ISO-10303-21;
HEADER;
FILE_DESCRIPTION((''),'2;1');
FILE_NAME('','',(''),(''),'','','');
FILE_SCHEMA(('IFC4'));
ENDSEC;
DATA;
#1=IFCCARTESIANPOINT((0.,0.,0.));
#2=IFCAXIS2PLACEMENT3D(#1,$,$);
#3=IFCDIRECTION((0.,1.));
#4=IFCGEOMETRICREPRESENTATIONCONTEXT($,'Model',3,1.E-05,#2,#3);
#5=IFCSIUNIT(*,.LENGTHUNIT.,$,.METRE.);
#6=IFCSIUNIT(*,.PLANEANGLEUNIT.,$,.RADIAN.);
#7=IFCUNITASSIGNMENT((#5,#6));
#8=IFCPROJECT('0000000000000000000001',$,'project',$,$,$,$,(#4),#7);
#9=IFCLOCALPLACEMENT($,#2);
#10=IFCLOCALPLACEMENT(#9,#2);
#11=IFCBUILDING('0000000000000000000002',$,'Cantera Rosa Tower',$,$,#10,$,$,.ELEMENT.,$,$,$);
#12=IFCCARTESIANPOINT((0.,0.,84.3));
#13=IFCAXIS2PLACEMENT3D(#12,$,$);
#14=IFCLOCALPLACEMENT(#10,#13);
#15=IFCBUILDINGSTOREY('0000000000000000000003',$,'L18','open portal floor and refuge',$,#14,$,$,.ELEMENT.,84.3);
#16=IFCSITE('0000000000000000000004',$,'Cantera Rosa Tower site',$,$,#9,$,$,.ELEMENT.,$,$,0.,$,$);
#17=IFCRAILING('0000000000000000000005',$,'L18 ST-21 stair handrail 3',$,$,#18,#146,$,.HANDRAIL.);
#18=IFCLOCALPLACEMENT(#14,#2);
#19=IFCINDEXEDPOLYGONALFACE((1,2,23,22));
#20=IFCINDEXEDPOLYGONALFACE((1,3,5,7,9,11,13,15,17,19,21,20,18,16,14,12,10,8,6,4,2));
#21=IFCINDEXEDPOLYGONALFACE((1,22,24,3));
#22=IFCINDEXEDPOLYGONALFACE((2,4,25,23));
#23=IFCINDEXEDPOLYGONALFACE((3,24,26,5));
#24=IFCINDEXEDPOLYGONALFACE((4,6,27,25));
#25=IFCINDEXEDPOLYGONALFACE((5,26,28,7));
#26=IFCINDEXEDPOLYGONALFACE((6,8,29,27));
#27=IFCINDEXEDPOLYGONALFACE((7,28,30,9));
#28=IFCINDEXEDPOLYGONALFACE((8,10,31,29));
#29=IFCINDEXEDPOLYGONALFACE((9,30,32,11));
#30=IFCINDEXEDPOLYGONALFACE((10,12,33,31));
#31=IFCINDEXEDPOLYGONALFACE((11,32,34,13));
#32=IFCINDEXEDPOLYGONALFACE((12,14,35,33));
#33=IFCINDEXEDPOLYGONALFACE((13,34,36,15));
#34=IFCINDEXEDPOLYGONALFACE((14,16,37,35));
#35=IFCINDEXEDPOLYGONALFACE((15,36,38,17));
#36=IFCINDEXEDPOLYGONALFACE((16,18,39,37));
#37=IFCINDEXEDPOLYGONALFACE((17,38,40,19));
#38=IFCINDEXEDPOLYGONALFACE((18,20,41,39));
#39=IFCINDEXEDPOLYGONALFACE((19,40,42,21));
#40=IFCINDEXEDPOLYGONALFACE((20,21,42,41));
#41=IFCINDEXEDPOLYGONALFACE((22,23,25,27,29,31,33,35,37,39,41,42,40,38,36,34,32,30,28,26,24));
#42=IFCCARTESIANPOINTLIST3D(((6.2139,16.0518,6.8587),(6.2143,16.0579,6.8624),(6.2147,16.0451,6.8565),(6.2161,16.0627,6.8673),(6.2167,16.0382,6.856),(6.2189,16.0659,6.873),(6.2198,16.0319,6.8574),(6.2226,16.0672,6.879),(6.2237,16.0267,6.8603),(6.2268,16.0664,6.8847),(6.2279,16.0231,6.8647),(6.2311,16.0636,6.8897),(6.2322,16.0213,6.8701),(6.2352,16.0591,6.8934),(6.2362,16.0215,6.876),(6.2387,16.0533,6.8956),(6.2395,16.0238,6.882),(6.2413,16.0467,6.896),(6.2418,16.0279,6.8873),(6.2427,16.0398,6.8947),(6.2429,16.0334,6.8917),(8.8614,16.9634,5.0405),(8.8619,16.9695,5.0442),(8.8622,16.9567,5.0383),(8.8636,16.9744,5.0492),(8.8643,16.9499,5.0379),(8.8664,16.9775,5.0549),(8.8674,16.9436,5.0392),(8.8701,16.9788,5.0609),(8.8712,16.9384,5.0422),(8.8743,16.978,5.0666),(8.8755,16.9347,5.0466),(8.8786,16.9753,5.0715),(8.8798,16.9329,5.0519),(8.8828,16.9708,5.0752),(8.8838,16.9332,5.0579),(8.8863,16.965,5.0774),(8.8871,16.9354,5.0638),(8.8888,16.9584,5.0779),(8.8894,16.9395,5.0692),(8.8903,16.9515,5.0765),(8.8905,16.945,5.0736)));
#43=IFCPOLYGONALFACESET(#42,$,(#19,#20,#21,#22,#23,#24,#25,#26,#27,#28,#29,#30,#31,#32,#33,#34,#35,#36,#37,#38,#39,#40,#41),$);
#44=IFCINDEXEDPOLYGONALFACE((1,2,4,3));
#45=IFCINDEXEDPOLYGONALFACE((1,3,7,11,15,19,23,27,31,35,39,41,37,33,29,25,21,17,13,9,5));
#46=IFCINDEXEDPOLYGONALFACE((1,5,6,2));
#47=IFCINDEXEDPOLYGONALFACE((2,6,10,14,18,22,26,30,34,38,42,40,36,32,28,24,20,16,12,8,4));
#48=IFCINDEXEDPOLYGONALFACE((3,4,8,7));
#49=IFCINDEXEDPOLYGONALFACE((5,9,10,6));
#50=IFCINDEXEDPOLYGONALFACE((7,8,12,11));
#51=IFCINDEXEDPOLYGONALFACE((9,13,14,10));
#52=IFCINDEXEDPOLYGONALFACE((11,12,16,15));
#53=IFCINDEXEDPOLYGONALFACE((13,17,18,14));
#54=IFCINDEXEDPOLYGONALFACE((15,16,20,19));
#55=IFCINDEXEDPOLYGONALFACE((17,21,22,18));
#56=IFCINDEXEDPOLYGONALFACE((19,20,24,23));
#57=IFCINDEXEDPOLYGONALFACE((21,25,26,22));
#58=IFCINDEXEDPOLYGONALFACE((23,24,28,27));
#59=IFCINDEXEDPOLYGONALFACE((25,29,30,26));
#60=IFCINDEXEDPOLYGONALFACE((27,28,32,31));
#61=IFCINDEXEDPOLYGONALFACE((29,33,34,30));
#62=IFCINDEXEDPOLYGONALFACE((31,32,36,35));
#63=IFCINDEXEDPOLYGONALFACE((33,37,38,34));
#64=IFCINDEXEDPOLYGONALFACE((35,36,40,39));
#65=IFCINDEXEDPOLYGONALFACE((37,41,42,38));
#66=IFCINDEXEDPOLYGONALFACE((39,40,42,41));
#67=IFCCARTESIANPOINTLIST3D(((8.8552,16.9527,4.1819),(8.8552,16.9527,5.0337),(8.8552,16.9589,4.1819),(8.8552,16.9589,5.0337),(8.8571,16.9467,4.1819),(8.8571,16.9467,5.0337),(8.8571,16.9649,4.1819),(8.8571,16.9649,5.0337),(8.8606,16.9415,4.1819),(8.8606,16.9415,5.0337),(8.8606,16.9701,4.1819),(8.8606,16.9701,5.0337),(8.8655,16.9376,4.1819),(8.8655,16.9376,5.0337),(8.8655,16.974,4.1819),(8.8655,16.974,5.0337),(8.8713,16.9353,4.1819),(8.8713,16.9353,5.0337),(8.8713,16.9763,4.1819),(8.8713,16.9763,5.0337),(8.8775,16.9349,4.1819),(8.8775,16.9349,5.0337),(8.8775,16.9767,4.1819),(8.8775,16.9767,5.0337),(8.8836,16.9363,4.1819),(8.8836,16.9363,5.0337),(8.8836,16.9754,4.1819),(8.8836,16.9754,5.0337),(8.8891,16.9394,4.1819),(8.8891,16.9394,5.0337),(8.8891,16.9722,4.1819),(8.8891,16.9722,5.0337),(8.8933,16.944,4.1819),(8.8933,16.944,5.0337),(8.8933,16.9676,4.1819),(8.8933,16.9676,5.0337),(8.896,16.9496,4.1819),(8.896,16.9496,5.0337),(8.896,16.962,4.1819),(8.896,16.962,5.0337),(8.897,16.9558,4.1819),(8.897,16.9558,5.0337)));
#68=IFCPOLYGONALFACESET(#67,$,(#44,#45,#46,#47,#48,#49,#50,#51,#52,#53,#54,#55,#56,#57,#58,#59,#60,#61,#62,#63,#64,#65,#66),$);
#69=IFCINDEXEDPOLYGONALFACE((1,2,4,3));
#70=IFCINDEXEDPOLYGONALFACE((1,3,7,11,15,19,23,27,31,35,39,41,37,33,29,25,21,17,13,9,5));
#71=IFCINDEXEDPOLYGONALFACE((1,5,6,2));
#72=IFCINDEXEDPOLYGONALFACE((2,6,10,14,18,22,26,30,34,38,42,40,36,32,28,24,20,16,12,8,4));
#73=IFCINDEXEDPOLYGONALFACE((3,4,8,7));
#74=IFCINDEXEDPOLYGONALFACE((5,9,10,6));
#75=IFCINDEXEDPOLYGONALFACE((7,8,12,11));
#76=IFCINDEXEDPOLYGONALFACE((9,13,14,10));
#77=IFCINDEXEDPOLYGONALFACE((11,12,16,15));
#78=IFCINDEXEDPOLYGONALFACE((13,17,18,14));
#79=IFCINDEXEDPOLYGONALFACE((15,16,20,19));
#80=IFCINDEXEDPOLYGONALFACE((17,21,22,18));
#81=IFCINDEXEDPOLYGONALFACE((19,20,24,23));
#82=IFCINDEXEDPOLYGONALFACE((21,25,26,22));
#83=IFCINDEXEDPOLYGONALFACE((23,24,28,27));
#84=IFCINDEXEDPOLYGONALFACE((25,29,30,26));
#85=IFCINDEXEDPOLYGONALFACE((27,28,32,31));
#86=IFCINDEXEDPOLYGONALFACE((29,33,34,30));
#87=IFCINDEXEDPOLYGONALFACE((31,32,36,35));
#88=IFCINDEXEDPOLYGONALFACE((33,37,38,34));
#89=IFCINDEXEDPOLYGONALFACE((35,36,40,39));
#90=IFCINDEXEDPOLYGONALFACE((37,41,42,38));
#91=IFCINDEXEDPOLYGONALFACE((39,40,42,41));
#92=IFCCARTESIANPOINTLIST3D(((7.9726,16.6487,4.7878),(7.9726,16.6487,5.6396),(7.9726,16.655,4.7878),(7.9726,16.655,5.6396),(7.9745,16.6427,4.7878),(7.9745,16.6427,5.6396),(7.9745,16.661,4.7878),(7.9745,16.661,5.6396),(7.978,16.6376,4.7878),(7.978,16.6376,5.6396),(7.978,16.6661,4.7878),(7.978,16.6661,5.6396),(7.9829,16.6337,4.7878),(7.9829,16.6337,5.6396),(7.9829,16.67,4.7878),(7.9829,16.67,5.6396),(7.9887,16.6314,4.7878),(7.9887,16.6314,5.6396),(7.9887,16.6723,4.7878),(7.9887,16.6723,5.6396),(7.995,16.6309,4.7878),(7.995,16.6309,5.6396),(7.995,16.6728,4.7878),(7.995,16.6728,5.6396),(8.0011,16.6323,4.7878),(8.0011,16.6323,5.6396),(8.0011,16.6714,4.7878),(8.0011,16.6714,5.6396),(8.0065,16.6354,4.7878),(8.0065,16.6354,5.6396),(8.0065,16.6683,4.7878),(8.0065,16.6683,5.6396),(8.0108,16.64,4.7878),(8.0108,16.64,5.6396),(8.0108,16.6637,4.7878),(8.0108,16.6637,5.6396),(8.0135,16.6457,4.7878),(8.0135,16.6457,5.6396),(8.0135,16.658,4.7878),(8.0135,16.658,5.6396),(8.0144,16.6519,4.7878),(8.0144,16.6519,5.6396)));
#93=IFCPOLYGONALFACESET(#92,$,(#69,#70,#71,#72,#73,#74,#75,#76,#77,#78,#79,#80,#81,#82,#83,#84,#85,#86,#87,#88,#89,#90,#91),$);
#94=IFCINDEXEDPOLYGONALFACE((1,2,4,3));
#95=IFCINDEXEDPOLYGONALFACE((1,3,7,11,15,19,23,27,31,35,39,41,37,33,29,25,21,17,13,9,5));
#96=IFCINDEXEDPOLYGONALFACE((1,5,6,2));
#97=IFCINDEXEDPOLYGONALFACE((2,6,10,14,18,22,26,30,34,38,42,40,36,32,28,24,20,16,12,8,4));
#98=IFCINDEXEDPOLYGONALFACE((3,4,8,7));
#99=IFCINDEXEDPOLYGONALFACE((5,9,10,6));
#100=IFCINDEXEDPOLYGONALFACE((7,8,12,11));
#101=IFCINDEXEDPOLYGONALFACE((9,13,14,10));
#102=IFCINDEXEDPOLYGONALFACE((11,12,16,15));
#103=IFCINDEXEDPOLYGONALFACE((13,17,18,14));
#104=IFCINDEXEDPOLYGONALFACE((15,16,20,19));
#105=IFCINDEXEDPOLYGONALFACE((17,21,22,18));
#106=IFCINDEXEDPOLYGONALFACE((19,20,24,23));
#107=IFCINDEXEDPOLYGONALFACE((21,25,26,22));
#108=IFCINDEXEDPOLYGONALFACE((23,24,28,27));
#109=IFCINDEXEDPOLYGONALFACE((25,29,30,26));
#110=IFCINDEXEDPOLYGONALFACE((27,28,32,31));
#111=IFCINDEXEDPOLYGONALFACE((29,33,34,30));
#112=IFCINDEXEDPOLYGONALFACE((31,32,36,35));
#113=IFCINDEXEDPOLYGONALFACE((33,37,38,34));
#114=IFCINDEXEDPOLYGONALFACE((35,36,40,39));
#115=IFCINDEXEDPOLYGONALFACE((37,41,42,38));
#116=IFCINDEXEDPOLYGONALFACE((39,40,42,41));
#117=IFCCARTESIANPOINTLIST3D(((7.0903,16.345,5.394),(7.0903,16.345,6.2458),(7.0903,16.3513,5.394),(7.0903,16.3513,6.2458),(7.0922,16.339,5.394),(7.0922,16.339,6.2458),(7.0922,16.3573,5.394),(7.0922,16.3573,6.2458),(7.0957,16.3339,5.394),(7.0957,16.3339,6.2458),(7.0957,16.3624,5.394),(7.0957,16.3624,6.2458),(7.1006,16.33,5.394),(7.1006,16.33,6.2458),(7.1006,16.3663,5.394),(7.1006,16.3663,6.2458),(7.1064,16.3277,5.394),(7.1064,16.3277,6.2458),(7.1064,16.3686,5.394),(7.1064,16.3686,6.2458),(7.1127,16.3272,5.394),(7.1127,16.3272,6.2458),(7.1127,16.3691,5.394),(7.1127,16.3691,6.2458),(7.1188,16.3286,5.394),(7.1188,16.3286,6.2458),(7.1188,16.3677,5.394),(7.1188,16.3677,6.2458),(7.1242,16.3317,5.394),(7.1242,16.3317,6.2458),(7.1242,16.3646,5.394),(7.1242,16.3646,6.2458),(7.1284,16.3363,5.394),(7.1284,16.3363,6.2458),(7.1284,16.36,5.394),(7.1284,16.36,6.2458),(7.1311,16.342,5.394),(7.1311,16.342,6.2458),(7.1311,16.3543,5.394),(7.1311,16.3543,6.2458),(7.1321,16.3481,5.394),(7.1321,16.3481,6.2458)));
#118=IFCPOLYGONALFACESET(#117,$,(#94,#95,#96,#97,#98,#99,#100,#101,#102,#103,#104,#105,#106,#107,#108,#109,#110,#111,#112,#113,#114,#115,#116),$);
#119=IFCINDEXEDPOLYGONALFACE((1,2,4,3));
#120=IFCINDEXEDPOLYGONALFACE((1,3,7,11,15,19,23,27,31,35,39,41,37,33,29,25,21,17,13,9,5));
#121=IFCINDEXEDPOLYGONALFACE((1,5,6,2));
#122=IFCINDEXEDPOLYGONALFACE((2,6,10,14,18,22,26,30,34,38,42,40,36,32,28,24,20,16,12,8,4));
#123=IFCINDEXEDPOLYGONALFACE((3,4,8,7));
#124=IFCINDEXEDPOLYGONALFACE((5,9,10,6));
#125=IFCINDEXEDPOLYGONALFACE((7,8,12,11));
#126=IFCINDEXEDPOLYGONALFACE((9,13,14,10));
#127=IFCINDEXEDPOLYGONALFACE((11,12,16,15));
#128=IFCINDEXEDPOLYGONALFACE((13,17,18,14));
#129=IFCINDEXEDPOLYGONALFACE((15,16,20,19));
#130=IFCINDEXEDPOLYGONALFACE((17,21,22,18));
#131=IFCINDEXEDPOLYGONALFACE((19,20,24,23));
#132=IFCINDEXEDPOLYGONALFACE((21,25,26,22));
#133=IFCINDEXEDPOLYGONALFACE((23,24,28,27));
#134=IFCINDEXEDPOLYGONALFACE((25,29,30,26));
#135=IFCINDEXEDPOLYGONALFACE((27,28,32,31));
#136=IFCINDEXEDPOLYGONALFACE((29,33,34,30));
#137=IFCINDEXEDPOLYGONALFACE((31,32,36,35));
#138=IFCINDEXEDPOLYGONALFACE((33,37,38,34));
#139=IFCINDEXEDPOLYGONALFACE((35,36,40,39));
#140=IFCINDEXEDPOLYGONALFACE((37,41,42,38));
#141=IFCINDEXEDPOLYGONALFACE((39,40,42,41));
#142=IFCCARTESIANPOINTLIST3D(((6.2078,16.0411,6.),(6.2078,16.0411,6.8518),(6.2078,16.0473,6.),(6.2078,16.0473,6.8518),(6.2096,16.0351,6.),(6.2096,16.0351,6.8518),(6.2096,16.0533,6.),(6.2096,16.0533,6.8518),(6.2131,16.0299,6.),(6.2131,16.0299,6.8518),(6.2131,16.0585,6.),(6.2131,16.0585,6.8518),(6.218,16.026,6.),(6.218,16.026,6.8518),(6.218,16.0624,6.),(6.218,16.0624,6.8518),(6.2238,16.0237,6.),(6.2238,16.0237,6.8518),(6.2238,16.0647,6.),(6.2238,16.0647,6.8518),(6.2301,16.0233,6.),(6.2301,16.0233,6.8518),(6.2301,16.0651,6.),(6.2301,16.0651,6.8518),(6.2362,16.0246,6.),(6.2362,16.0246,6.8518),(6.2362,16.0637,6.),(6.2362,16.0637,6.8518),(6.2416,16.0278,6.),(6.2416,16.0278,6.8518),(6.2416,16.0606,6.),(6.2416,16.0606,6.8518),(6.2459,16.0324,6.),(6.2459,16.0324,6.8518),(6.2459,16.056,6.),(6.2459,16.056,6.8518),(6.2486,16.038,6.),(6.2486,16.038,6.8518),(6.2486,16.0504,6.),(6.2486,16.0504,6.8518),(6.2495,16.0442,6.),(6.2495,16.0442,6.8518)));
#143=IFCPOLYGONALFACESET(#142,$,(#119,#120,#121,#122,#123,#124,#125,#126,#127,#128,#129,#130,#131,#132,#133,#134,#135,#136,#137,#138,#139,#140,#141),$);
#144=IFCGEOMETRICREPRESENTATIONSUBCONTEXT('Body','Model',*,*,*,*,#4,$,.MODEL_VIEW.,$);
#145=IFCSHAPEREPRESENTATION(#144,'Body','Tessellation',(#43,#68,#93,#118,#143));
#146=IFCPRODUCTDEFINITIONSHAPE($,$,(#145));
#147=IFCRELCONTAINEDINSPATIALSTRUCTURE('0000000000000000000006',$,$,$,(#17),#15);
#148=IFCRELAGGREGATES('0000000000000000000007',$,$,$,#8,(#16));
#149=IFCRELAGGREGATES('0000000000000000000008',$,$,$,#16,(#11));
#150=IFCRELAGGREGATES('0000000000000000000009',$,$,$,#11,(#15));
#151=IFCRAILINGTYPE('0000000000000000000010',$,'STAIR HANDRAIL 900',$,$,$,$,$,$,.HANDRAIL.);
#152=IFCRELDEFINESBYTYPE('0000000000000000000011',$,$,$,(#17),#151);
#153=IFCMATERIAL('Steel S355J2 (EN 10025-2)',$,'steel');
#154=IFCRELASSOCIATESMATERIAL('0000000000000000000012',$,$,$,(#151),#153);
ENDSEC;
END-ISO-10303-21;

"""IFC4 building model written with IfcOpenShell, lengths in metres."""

from ifc_helpers import new_model, si_unit, direction, frame, origin, origin_2d, place, context, subcontext, project, spatial, circle, extrude, material, type_object, element, save


model = new_model("IFC4")

# Units and contexts
model_context = context("Model", 3, precision=1e-05, world=origin(), true_north=direction((0.0, 1.0)))
body_context = subcontext(model_context, "Body", "Model", "MODEL_VIEW")
ifc_project = project(units=[si_unit("LENGTHUNIT", "METRE"), si_unit("PLANEANGLEUNIT", "RADIAN")], contexts=[model_context])

# Site, building, storey
site_placement = place(None, origin())
site = spatial("IfcSite", under=ifc_project, at=site_placement, Name="Cantera Rosa Tower site", CompositionType="ELEMENT", RefElevation=0.0)
building_placement = place(site_placement, origin())
building = spatial("IfcBuilding", under=site, at=building_placement, Name="Cantera Rosa Tower", CompositionType="ELEMENT")
storey_placement = place(building_placement, frame((0.0, 0.0, 84.3)))
storey = spatial("IfcBuildingStorey", under=building, at=storey_placement, Name="L18", Description="open portal floor and refuge", CompositionType="ELEMENT", Elevation=84.3)

# Railing
ifc_material_1 = material(Name="Steel S355J2 (EN 10025-2)", Category="steel")
railing_type_1 = type_object("IfcRailingType", Name="STAIR HANDRAIL 900", PredefinedType="HANDRAIL", material=ifc_material_1)
for number, where, name in (
    (1, (8.876, 16.9558, 4.1819), "L18 ST-21 stair handrail 3"),
):
    element("IfcRailing", number, at=place(storey_placement, frame(where)), inside=storey, type_object=railing_type_1, Name=name, PredefinedType="HANDRAIL", context=body_context, shape_type="SweptSolid", body=[
        extrude(circle(Radius=0.0239, at=origin_2d()), frame((0.0, 0.0, 0.876), z_axis=(-0.793007, -0.273062, 0.544589), x_axis=(0.325577, -0.945516, 0.0)), (0.0, 0.0, 1.0), 3.3386),
        extrude(circle(Radius=0.021, at=origin_2d()), origin(), (0.0, 0.0, 1.0), 0.8518),
        extrude(circle(Radius=0.021, at=origin_2d()), frame((-0.8826, -0.304, 0.606)), (0.0, 0.0, 1.0), 0.8518),
        extrude(circle(Radius=0.021, at=origin_2d()), frame((-1.7649, -0.6077, 1.2122)), (0.0, 0.0, 1.0), 0.8518),
        extrude(circle(Radius=0.021, at=origin_2d()), frame((-2.6475, -0.9116, 1.8181)), (0.0, 0.0, 1.0), 0.8518),
    ])

save(model, "model.ifc")
